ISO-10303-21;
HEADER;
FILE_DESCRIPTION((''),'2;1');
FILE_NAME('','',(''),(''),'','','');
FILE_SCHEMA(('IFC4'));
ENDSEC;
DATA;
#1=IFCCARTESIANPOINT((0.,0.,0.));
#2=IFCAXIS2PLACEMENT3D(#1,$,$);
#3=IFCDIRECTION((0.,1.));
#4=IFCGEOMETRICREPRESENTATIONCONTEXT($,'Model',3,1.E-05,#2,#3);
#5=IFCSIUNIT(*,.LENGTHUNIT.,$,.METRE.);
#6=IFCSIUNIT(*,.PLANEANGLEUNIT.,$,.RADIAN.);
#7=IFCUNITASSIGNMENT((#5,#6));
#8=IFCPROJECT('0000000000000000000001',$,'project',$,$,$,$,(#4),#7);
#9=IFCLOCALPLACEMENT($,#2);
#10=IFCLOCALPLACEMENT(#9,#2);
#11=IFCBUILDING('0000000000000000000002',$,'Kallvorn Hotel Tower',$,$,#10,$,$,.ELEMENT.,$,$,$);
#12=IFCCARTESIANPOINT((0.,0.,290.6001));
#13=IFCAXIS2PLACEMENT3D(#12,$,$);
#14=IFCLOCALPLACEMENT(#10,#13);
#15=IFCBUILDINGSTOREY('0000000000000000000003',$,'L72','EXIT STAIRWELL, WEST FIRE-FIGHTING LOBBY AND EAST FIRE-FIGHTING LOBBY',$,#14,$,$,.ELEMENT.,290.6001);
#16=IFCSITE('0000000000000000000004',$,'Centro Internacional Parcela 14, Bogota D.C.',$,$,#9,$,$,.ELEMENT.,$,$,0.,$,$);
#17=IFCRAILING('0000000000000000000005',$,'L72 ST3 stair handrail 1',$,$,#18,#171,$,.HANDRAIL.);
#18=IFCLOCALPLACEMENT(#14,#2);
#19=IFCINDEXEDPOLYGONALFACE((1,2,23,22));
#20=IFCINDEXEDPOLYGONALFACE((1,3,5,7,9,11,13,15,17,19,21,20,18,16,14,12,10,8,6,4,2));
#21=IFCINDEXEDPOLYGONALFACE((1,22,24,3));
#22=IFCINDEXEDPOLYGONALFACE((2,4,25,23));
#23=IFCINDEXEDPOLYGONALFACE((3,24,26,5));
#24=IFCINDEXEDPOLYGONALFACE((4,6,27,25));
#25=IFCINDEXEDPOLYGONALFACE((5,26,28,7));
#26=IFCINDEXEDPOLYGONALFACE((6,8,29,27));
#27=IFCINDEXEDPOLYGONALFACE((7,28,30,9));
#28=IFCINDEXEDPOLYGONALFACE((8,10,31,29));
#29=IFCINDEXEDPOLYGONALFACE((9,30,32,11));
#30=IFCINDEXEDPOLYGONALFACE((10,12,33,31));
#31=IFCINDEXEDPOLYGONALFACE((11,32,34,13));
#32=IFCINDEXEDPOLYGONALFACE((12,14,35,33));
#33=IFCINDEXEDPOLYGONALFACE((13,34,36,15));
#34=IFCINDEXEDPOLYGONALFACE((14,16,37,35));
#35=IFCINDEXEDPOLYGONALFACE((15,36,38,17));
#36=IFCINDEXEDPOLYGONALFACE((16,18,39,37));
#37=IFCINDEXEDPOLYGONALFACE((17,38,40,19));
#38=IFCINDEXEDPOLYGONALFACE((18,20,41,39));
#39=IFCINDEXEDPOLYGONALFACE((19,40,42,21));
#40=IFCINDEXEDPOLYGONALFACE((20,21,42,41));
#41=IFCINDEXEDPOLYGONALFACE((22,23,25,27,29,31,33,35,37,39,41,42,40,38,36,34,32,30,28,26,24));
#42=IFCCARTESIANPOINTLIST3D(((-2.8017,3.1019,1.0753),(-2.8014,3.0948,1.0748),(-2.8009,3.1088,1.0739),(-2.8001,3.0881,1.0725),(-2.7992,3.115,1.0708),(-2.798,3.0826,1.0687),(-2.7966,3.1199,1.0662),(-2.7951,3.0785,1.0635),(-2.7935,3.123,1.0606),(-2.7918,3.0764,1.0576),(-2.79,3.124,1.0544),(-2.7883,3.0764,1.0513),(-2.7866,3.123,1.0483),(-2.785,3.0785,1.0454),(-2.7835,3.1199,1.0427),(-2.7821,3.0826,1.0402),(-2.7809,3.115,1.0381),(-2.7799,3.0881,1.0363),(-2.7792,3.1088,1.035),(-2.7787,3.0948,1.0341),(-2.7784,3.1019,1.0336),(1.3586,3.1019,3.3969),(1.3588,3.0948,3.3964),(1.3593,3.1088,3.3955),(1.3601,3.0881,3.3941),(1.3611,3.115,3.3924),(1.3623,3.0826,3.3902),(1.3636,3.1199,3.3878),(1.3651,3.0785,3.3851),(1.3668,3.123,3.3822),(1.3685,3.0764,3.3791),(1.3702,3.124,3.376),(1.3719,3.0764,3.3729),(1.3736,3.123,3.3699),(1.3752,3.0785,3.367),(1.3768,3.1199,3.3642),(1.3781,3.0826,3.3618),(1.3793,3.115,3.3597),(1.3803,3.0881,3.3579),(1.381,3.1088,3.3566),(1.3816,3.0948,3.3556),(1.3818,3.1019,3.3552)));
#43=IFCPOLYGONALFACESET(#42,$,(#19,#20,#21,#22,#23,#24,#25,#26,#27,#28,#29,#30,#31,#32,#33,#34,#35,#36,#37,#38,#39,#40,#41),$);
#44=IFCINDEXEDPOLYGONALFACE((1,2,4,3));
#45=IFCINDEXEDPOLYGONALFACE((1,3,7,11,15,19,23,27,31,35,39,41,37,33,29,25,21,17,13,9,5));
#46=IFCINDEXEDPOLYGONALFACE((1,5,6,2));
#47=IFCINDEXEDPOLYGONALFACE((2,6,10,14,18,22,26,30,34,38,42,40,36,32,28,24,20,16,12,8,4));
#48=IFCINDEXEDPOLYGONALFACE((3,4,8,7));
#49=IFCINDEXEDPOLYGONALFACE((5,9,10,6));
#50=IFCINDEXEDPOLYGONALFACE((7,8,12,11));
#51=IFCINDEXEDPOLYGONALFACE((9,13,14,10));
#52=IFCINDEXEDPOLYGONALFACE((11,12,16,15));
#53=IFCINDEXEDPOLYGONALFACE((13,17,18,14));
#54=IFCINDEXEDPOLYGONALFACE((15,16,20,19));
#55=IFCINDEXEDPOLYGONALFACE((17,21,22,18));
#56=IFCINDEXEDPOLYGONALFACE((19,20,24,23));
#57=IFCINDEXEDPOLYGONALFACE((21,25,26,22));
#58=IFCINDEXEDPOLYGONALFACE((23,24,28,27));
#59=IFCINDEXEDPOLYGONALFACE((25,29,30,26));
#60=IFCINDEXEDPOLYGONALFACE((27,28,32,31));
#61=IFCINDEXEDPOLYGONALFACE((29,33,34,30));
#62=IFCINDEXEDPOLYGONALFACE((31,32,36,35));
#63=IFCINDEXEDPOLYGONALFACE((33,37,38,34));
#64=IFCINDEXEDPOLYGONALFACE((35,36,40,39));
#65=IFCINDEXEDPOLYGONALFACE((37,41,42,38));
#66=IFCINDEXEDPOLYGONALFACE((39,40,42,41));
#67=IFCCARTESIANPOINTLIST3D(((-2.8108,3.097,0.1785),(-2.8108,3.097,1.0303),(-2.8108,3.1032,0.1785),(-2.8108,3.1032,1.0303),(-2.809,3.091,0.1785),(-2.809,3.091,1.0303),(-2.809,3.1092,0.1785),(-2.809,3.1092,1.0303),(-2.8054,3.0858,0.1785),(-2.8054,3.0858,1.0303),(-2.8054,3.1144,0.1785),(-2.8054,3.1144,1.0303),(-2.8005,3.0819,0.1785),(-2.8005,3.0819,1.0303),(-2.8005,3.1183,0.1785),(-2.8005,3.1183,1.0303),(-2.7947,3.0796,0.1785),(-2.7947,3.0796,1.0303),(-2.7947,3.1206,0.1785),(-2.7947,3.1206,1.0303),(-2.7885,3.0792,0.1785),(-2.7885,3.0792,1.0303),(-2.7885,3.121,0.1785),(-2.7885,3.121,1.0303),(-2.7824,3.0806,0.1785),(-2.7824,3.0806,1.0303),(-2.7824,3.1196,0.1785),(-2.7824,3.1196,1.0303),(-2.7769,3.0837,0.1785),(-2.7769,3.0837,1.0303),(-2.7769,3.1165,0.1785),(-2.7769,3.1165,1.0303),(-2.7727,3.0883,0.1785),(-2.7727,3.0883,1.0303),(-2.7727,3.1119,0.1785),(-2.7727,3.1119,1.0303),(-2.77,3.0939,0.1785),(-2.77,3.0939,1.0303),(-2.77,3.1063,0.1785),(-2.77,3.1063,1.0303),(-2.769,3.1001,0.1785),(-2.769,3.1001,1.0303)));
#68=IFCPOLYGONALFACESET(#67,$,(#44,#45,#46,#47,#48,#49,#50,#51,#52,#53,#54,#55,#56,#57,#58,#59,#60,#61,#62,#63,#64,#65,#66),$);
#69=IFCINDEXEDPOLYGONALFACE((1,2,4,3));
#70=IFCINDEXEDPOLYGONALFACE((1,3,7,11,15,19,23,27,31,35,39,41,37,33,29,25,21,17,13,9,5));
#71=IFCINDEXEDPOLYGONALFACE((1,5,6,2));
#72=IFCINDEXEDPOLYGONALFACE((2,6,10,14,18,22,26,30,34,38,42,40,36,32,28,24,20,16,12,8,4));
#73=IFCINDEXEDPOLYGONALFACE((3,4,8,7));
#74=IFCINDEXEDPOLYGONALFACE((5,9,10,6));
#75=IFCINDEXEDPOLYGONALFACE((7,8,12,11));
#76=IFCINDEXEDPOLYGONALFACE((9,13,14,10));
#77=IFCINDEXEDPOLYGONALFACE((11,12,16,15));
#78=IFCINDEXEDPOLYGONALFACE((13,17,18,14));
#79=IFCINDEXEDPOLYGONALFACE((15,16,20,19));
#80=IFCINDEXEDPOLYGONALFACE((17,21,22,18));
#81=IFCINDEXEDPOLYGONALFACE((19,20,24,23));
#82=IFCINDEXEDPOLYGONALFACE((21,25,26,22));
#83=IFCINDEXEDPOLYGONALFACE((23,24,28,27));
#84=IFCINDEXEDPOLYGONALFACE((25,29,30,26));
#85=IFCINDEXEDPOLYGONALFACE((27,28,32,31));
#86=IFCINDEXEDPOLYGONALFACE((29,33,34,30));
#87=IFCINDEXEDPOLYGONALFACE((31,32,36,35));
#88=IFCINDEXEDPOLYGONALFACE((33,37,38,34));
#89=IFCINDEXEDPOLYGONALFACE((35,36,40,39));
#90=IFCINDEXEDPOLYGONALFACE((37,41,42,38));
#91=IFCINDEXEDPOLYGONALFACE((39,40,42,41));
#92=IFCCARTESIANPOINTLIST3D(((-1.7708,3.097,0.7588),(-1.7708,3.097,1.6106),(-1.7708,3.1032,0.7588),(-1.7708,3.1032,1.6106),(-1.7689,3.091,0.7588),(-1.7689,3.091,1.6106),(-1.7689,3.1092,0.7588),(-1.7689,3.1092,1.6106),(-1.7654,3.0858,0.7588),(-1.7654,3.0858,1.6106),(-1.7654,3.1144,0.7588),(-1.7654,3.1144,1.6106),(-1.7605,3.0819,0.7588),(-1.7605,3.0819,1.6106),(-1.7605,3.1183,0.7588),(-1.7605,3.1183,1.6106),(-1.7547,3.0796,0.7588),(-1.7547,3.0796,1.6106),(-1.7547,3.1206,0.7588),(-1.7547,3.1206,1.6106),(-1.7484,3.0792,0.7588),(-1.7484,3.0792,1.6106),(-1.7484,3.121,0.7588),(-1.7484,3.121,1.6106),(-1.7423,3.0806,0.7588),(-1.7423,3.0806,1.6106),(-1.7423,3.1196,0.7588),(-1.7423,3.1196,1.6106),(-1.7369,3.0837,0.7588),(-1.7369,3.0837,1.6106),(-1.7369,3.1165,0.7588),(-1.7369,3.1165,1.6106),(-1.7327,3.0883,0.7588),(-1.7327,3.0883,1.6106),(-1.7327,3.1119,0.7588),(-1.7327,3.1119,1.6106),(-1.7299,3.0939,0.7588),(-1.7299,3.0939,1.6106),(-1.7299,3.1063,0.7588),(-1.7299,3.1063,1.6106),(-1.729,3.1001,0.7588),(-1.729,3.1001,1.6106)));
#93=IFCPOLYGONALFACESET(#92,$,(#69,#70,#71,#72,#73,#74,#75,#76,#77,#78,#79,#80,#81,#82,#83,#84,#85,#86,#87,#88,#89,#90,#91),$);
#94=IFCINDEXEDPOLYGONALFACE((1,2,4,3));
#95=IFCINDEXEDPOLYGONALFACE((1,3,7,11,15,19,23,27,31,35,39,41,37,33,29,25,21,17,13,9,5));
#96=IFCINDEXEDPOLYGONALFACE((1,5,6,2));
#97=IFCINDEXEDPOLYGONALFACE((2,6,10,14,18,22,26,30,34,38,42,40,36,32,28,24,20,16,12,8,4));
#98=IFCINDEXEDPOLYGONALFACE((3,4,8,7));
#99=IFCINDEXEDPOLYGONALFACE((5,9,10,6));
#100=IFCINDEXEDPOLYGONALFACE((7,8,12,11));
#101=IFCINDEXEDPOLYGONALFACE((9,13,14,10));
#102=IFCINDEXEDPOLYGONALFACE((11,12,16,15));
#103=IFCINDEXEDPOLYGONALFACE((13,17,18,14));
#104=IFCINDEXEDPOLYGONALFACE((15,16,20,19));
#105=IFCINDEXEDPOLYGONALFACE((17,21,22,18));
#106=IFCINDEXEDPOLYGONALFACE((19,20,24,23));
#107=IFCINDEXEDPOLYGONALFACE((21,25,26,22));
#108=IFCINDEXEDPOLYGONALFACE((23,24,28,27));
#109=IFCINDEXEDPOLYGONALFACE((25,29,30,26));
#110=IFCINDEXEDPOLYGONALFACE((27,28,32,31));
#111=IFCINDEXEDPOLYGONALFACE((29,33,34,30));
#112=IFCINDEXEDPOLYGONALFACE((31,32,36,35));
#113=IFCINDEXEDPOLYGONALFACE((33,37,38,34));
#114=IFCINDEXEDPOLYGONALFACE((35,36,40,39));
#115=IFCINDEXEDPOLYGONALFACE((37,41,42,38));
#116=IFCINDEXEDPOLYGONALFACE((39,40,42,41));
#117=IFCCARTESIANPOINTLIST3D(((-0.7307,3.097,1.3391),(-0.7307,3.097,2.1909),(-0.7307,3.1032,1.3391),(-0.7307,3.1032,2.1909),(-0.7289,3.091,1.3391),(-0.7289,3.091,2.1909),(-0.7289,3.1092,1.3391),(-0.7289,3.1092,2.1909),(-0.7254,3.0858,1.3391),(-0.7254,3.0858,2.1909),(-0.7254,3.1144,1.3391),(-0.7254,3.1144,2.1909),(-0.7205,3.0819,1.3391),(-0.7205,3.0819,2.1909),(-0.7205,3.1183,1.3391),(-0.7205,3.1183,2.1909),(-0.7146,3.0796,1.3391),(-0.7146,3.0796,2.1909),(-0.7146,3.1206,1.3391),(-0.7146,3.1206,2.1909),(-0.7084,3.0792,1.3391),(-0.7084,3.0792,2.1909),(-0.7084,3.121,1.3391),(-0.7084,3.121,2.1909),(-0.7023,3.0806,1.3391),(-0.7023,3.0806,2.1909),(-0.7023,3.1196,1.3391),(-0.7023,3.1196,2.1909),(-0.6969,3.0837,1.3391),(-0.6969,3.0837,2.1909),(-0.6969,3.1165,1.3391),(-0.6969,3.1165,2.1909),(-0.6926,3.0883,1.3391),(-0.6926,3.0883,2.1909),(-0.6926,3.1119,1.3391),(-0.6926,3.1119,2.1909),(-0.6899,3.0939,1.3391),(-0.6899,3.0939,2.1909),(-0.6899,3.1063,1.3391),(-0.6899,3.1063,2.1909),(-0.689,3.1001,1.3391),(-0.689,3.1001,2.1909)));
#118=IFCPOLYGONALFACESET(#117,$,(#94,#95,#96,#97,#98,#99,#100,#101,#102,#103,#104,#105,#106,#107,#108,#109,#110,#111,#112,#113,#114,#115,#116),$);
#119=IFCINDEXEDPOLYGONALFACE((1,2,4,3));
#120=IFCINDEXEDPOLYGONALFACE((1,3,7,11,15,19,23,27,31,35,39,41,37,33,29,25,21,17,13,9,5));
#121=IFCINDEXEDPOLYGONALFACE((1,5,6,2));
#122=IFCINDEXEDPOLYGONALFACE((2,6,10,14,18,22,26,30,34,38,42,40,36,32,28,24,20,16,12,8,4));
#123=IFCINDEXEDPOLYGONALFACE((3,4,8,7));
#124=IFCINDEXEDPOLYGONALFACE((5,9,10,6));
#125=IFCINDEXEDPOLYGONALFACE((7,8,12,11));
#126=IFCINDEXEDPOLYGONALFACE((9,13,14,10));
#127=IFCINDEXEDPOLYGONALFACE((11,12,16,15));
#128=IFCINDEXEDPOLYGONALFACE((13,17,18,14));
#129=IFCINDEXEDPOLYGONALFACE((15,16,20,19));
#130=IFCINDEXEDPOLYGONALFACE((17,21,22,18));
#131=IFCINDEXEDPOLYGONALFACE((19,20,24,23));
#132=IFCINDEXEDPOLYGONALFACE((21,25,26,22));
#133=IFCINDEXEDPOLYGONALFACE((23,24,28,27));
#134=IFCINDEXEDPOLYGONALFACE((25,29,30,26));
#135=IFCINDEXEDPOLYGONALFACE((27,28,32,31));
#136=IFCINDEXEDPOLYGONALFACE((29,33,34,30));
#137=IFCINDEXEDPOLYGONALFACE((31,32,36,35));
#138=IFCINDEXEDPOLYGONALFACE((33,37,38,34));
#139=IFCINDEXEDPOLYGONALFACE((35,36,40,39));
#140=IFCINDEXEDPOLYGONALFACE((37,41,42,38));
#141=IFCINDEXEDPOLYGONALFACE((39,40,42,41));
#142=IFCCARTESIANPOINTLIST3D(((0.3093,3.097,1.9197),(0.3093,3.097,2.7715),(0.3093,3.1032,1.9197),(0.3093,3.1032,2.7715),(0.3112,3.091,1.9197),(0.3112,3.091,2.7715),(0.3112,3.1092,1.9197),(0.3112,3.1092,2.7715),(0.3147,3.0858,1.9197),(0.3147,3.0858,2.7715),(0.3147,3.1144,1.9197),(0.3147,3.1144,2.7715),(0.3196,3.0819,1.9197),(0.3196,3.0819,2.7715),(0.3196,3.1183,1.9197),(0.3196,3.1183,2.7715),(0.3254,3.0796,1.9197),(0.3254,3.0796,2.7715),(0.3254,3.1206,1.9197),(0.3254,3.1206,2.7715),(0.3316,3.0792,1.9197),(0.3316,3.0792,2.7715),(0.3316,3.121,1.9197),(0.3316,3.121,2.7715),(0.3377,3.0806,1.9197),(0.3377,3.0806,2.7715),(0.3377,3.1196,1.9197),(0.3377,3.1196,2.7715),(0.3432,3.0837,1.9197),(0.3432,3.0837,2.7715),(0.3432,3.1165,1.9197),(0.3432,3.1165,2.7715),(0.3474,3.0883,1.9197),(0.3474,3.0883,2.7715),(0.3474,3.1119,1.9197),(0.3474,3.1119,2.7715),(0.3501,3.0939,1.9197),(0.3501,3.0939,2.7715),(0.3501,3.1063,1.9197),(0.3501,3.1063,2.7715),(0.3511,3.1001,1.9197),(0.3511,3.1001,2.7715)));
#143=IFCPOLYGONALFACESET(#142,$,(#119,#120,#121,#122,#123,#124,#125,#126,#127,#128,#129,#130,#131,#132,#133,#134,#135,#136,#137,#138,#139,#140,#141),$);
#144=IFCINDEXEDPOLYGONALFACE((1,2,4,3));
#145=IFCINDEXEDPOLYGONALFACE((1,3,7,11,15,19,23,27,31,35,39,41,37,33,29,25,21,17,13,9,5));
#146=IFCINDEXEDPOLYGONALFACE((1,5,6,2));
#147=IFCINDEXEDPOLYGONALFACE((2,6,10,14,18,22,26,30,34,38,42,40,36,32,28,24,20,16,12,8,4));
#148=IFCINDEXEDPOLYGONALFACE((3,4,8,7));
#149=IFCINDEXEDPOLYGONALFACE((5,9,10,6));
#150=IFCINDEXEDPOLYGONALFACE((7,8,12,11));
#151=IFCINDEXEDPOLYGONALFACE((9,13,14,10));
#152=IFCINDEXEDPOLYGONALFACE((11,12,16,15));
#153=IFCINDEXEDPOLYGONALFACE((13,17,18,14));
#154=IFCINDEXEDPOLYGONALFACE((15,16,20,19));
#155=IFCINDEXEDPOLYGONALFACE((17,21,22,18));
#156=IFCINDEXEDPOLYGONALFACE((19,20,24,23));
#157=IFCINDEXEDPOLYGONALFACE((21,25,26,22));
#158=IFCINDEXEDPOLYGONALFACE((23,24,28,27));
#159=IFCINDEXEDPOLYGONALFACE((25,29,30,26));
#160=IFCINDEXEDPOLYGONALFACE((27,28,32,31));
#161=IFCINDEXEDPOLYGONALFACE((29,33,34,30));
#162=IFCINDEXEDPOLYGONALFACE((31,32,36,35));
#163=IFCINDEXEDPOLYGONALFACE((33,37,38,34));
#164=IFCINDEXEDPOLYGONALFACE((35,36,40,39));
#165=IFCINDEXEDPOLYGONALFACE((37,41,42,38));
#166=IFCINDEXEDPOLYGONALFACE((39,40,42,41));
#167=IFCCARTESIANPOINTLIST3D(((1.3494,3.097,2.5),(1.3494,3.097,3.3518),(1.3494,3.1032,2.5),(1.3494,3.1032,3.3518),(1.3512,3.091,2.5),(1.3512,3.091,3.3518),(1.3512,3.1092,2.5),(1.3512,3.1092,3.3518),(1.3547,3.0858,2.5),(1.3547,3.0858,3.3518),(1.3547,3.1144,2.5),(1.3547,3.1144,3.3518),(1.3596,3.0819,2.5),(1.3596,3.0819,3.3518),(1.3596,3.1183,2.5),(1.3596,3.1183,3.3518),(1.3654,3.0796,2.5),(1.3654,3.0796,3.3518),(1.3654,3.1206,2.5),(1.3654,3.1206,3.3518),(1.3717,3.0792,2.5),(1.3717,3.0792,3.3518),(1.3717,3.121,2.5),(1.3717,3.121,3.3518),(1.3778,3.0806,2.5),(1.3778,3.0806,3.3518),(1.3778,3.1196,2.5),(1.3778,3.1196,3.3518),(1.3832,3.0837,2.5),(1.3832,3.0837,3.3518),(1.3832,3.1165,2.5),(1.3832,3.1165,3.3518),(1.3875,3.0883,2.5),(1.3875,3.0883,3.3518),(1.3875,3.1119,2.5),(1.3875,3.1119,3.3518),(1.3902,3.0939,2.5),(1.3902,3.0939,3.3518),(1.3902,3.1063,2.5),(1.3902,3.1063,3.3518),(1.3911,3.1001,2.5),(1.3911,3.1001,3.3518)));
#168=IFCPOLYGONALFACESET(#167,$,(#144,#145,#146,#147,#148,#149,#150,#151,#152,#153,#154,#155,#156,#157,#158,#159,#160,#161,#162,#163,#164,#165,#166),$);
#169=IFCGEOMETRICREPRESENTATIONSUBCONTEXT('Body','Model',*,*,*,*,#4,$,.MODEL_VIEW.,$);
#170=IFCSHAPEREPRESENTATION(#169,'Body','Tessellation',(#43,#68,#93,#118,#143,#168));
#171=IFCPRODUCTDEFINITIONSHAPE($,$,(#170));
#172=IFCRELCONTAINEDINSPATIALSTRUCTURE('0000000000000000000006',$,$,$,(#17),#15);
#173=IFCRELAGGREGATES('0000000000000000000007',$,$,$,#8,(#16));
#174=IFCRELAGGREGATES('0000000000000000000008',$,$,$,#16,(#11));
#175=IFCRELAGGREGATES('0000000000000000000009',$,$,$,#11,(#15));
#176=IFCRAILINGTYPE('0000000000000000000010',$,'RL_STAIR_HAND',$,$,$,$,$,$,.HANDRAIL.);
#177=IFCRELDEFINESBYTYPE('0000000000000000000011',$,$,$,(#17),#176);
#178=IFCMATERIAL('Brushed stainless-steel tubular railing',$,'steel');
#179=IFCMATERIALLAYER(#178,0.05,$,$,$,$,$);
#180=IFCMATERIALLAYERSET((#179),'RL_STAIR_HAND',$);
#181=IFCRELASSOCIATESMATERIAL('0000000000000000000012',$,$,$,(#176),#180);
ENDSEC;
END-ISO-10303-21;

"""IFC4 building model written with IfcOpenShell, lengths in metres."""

from ifc_helpers import new_model, si_unit, direction, frame, origin, origin_2d, place, context, subcontext, project, spatial, circle, extrude, material, layer, layer_set, type_object, element, save


model = new_model("IFC4")

# Units and contexts
model_context = context("Model", 3, precision=1e-05, world=origin(), true_north=direction((0.0, 1.0)))
body_context = subcontext(model_context, "Body", "Model", "MODEL_VIEW")
ifc_project = project(units=[si_unit("LENGTHUNIT", "METRE"), si_unit("PLANEANGLEUNIT", "RADIAN")], contexts=[model_context])

# Site, building, storey
site_placement = place(None, origin())
site = spatial("IfcSite", under=ifc_project, at=site_placement, Name="Centro Internacional Parcela 14, Bogota D.C.", CompositionType="ELEMENT", RefElevation=0.0)
building_placement = place(site_placement, origin())
building = spatial("IfcBuilding", under=site, at=building_placement, Name="Kallvorn Hotel Tower", CompositionType="ELEMENT")
storey_placement = place(building_placement, frame((0.0, 0.0, 290.6001)))
storey = spatial("IfcBuildingStorey", under=building, at=storey_placement, Name="L72", Description="EXIT STAIRWELL, WEST FIRE-FIGHTING LOBBY AND EAST FIRE-FIGHTING LOBBY", CompositionType="ELEMENT", Elevation=290.6001)

# Railing
ifc_material_1 = material(Name="Brushed stainless-steel tubular railing", Category="steel")
ifc_layer_1 = layer(ifc_material_1, 0.05)
ifc_layer_set_1 = layer_set([ifc_layer_1], Name="RL_STAIR_HAND")
railing_type_1 = type_object("IfcRailingType", Name="RL_STAIR_HAND", PredefinedType="HANDRAIL", material=ifc_layer_set_1)
railing_1_placement = place(storey_placement, frame((-2.79, 3.1001, 0.1785)))
element("IfcRailing", 1, at=railing_1_placement, inside=storey, type_object=railing_type_1, Name="L72 ST3 stair handrail 1", PredefinedType="HANDRAIL", context=body_context, shape_type="SweptSolid", body=[
    extrude(circle(Radius=0.0239, at=origin_2d()), frame((0.0, 0.0, 0.876), z_axis=(0.873235, 0.0, 0.4873), x_axis=(0.0, 1.0, 0.0)), (0.0, 0.0, 1.0), 4.7642),
    extrude(circle(Radius=0.021, at=origin_2d()), origin(), (0.0, 0.0, 1.0), 0.8518),
    extrude(circle(Radius=0.021, at=origin_2d()), frame((1.04, 0.0, 0.5803)), (0.0, 0.0, 1.0), 0.8518),
    extrude(circle(Radius=0.021, at=origin_2d()), frame((2.0801, 0.0, 1.1606)), (0.0, 0.0, 1.0), 0.8518),
    extrude(circle(Radius=0.021, at=origin_2d()), frame((3.1201, 0.0, 1.7412)), (0.0, 0.0, 1.0), 0.8518),
    extrude(circle(Radius=0.021, at=origin_2d()), frame((4.1602, 0.0, 2.3215)), (0.0, 0.0, 1.0), 0.8518),
])

save(model, "model.ifc")
